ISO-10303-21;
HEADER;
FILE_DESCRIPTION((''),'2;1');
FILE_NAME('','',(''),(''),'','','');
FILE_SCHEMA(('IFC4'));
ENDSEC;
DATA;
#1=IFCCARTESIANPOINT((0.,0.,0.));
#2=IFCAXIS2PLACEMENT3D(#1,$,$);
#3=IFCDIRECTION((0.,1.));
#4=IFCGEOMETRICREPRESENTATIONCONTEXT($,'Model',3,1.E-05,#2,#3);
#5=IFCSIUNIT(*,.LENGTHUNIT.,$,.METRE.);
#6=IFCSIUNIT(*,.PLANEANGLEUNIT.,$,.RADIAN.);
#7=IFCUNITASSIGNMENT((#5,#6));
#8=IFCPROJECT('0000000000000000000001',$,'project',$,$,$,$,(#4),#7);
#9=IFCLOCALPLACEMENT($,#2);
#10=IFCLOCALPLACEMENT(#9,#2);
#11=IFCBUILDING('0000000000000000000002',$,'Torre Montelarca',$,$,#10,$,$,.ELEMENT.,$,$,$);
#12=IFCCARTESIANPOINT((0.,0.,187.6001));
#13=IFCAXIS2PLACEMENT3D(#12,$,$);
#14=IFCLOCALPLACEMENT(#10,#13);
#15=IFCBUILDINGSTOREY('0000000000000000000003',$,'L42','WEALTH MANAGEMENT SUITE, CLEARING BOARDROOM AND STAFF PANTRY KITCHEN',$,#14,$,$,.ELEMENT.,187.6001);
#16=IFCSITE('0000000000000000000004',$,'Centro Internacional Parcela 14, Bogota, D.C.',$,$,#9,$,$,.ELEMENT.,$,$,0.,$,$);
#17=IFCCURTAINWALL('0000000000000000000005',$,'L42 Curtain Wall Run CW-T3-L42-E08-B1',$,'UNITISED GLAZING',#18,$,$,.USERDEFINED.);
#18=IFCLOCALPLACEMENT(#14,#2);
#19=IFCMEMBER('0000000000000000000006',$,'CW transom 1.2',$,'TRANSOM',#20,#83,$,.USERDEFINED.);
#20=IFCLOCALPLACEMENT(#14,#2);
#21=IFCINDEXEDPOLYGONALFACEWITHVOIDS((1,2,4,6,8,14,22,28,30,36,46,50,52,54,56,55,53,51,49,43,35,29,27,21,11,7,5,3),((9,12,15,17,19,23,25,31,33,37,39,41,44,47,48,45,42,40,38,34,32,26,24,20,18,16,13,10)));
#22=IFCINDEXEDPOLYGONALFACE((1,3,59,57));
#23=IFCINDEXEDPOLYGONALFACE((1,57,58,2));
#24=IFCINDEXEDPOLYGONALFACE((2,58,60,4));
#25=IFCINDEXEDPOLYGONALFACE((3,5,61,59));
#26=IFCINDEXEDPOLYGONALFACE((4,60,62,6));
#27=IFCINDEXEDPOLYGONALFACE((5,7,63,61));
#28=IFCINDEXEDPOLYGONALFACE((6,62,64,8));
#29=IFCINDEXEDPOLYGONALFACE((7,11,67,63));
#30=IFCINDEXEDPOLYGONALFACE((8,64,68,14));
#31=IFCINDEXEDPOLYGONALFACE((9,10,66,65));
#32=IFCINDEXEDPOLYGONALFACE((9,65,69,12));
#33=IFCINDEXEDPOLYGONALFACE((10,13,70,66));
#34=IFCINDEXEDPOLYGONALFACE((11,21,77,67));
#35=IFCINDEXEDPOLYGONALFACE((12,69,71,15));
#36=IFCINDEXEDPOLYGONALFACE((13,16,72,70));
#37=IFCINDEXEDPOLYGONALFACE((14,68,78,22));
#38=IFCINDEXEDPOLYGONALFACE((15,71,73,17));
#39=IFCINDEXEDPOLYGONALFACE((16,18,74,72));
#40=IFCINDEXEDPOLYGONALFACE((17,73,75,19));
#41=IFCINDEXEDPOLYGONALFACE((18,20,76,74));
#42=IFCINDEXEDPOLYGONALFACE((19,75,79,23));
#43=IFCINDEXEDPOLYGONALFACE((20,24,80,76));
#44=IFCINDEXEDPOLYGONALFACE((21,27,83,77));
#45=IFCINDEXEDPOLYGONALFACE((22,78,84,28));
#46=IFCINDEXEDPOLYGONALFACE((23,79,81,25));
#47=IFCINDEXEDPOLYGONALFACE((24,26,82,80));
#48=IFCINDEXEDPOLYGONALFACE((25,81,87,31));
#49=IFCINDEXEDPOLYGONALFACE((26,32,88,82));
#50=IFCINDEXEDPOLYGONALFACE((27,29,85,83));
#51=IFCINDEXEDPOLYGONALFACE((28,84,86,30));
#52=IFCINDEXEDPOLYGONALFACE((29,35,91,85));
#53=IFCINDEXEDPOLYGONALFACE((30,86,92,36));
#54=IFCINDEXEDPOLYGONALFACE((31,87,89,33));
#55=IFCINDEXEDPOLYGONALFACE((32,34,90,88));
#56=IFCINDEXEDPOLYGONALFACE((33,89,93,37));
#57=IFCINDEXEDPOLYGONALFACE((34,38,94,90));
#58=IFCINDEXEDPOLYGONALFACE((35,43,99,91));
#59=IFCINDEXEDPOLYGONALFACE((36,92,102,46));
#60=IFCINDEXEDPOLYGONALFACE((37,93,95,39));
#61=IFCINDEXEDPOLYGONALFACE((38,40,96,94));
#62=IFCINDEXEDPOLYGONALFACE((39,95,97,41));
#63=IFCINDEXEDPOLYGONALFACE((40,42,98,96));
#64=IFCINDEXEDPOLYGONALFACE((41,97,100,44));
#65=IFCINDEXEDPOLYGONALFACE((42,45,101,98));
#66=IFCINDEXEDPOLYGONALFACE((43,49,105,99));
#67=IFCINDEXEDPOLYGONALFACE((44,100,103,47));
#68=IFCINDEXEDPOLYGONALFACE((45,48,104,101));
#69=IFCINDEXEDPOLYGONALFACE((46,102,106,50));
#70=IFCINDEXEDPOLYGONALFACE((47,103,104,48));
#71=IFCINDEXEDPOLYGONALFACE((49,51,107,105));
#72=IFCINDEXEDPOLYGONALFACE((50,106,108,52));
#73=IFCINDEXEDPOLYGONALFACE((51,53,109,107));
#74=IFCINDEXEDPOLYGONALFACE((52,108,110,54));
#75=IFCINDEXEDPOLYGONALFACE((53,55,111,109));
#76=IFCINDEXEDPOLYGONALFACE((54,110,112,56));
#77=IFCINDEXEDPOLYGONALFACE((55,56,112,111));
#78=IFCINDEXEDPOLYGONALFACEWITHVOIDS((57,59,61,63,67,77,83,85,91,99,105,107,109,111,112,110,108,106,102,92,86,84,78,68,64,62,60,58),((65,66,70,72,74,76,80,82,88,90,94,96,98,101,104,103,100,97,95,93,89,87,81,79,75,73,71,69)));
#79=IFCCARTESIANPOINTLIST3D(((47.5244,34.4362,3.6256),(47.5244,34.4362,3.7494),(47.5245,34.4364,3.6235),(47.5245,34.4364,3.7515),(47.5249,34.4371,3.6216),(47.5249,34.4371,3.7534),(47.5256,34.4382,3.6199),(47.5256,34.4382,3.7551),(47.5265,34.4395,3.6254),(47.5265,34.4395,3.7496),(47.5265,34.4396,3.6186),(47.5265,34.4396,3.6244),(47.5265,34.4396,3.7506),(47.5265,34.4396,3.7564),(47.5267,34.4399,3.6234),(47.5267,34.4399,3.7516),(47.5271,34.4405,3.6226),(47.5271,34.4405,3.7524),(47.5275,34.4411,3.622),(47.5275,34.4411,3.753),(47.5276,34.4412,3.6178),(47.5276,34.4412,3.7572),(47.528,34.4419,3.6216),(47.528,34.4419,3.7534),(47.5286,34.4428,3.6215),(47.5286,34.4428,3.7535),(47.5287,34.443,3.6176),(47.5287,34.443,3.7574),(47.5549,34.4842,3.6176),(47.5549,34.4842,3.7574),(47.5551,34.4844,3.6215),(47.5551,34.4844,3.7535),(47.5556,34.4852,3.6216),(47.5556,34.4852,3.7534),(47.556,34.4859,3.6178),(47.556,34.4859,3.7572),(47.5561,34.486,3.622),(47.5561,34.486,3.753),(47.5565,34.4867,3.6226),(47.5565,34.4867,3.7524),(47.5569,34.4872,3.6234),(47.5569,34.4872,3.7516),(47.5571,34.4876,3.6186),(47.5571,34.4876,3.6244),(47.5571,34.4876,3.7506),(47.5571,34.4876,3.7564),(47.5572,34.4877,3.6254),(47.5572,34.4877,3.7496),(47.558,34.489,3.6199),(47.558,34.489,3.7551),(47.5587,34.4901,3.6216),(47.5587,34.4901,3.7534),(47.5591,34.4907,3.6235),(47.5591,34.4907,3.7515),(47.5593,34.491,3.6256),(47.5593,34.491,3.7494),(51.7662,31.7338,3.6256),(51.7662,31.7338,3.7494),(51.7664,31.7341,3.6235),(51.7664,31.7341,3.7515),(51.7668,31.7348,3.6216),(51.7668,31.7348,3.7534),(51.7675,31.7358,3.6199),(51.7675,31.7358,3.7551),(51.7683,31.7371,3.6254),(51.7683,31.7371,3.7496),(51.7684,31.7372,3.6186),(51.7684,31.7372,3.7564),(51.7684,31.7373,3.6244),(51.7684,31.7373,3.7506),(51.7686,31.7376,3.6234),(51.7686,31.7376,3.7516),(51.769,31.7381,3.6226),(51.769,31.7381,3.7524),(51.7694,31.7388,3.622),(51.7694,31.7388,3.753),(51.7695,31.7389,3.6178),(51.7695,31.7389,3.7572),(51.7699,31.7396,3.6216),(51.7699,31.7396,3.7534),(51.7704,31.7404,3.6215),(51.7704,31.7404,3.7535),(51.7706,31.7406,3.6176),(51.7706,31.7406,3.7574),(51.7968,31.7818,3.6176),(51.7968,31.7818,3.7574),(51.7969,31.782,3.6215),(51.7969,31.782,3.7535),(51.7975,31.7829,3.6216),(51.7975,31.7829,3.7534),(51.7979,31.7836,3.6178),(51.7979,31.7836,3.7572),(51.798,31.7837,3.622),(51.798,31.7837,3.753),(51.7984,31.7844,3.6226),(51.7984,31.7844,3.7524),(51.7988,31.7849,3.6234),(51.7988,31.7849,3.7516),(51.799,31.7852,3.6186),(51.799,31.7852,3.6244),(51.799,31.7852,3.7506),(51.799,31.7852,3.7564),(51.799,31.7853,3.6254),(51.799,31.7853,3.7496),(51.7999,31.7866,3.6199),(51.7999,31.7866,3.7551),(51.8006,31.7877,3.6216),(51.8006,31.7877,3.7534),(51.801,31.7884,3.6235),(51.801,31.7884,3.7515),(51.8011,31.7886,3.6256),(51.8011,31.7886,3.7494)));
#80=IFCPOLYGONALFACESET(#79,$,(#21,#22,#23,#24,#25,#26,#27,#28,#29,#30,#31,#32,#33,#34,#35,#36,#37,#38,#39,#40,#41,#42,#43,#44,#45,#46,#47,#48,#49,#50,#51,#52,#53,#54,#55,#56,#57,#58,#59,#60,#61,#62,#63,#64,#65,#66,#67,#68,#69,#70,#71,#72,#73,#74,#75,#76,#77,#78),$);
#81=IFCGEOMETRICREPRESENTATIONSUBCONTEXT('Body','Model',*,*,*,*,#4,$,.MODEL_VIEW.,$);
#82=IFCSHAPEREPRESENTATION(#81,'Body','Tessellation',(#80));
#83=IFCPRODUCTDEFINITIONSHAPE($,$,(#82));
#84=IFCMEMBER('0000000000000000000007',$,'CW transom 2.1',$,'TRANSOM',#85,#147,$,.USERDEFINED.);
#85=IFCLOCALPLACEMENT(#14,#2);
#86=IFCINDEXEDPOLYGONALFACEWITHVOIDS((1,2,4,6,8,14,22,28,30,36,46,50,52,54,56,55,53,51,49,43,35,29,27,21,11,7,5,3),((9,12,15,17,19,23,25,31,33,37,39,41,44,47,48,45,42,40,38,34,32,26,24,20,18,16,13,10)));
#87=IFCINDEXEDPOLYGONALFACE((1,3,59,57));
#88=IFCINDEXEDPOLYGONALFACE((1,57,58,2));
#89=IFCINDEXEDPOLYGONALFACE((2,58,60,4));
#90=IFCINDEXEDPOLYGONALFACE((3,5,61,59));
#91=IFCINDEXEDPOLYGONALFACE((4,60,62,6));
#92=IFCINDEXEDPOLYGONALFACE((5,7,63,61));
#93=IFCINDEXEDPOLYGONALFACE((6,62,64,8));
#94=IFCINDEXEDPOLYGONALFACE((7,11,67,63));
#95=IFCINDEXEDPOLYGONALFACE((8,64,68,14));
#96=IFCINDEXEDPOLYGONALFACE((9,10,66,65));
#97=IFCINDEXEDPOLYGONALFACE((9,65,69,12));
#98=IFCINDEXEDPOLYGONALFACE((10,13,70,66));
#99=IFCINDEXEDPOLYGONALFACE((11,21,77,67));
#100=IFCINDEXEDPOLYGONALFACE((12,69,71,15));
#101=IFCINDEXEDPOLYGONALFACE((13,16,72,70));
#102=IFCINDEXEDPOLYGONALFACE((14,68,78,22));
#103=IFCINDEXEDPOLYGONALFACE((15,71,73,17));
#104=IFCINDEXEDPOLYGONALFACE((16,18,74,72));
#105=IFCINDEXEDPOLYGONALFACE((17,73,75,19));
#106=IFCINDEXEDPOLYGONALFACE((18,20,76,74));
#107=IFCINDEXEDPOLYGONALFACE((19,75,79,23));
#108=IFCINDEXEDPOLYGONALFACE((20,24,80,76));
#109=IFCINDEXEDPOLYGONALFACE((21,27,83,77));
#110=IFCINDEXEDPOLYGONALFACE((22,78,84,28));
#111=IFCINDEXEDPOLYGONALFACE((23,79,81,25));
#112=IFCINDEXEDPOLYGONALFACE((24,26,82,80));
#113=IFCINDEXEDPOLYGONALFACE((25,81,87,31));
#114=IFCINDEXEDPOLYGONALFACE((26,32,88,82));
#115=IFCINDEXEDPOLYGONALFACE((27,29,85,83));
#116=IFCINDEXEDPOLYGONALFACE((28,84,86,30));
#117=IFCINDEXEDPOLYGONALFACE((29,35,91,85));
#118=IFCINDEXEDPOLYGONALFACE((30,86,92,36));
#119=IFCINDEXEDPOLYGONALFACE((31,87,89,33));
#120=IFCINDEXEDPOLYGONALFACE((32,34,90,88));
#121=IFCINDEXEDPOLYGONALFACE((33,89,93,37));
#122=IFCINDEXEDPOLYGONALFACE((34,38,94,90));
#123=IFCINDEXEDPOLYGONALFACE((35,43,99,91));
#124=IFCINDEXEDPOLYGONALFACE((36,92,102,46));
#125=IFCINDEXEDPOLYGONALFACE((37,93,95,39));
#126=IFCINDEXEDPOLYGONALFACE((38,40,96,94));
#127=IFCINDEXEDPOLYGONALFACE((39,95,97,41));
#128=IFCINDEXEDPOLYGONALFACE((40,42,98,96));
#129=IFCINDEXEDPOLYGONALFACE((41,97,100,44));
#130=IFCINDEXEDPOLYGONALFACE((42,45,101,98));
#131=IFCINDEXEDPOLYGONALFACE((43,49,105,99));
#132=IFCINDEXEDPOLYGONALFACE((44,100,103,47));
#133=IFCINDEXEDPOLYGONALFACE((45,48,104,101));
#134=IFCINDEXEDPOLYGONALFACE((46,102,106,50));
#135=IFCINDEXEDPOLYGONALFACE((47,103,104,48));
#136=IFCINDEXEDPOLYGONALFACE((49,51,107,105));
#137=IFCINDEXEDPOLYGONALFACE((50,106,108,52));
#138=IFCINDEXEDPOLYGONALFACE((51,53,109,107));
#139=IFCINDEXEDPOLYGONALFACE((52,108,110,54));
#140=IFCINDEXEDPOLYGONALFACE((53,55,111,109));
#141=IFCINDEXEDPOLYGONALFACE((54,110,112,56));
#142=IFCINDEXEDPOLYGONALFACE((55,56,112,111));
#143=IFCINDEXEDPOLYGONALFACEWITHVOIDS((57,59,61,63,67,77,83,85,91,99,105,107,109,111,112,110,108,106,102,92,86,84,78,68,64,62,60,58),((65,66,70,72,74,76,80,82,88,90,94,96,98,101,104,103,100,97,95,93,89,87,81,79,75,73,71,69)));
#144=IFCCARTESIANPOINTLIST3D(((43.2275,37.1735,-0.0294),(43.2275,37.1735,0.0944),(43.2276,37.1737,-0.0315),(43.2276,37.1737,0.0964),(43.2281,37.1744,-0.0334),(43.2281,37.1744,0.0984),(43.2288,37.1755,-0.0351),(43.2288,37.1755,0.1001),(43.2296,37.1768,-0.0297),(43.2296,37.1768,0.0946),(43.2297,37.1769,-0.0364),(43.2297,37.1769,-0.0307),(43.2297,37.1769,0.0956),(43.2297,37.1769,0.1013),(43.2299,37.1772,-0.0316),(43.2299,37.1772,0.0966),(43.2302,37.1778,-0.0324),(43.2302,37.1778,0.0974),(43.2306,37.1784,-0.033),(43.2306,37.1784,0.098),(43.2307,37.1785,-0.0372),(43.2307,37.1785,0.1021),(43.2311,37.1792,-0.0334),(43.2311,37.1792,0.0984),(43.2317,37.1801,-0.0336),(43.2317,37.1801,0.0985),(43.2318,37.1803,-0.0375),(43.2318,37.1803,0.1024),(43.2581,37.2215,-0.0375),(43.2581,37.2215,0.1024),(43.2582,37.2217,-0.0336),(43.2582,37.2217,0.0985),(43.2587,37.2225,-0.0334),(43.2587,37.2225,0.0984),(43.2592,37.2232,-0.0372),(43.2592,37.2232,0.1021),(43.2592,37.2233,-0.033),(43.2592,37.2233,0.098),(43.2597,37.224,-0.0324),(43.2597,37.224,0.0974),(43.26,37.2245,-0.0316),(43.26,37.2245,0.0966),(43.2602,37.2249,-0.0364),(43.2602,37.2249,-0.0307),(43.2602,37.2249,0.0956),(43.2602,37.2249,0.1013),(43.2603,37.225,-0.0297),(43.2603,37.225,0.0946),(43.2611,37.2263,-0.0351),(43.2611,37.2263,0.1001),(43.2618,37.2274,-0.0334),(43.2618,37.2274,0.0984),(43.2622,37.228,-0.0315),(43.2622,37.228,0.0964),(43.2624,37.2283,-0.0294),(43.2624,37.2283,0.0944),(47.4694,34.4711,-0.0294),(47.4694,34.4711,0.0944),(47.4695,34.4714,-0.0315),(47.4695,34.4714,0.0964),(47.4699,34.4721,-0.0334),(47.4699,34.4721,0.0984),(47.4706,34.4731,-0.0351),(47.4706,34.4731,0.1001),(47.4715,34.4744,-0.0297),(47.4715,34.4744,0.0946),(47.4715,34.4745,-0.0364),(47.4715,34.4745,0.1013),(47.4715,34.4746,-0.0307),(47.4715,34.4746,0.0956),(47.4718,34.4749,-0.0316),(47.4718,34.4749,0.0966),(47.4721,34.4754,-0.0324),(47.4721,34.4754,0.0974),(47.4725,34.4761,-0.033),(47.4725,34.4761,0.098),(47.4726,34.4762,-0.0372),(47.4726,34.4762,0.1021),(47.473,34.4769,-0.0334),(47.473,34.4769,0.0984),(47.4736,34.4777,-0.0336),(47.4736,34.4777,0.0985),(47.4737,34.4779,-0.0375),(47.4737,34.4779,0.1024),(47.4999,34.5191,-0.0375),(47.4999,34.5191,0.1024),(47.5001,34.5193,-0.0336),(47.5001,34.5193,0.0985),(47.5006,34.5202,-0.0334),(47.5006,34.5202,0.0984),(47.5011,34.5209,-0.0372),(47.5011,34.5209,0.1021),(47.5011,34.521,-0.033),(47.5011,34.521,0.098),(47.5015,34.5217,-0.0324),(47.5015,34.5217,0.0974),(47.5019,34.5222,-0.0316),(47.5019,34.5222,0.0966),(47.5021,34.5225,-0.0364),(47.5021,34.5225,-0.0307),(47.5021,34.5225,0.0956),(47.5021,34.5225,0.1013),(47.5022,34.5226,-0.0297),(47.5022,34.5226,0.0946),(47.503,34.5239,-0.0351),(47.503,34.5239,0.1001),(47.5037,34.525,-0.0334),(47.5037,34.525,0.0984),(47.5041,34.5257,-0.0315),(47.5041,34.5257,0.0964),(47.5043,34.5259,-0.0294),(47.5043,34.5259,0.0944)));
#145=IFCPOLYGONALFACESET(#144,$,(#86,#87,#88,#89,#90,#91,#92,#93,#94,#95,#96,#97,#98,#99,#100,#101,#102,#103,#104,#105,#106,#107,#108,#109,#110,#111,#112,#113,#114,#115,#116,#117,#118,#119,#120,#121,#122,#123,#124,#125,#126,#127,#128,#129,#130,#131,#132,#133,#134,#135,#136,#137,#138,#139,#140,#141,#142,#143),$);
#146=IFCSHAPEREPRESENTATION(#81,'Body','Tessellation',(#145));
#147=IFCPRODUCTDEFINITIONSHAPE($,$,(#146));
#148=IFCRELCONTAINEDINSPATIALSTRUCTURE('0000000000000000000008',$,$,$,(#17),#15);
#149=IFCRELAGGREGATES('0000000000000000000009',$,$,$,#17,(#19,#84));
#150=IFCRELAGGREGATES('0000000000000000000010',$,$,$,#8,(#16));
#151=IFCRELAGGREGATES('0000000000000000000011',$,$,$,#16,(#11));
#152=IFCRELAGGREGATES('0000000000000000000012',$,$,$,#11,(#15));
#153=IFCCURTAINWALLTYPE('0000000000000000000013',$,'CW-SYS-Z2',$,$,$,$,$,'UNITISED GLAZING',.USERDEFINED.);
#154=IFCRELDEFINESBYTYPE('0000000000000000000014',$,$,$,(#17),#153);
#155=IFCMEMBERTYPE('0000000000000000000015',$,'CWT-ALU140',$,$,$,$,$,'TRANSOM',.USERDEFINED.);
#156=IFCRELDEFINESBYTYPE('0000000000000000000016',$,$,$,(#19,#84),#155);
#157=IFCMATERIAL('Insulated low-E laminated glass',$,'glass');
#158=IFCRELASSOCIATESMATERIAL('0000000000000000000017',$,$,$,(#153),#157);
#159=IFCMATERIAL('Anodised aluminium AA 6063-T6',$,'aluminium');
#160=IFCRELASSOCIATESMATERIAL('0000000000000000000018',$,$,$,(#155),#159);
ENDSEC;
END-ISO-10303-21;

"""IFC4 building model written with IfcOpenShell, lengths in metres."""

from ifc_helpers import new_model, si_unit, direction, frame, origin, origin_2d, place, context, subcontext, project, spatial, hollow_rectangle, extrude, source, transform, mapped, material, material_profile, profile_set, type_object, element, aggregate, save


model = new_model("IFC4")

# Units and contexts
model_context = context("Model", 3, precision=1e-05, world=origin(), true_north=direction((0.0, 1.0)))
body_context = subcontext(model_context, "Body", "Model", "MODEL_VIEW")
ifc_project = project(units=[si_unit("LENGTHUNIT", "METRE"), si_unit("PLANEANGLEUNIT", "RADIAN")], contexts=[model_context])

# Site, building, storey
site_placement = place(None, origin())
site = spatial("IfcSite", under=ifc_project, at=site_placement, Name="Centro Internacional Parcela 14, Bogota, D.C.", CompositionType="ELEMENT", RefElevation=0.0)
building_placement = place(site_placement, origin())
building = spatial("IfcBuilding", under=site, at=building_placement, Name="Torre Montelarca", CompositionType="ELEMENT")
storey_placement = place(building_placement, frame((0.0, 0.0, 187.6001)))
storey = spatial("IfcBuildingStorey", under=building, at=storey_placement, Name="L42", Description="WEALTH MANAGEMENT SUITE, CLEARING BOARDROOM AND STAFF PANTRY KITCHEN", CompositionType="ELEMENT", Elevation=187.6001)

# Curtain wall
ifc_material_1 = material(Name="Insulated low-E laminated glass", Category="glass")
curtain_wall_type = type_object("IfcCurtainWallType", Name="CW-SYS-Z2", ElementType="UNITISED GLAZING", PredefinedType="USERDEFINED", material=ifc_material_1)
ifc_material_2 = material(Name="Anodised aluminium AA 6063-T6", Category="aluminium")
ifc_material_profile_1 = material_profile(ifc_material_2, hollow_rectangle(XDim=0.0649, YDim=0.1399, WallThickness=0.0039, InnerFilletRadius=0.0039, OuterFilletRadius=0.0081, at=origin_2d()), Name="ALU65X140X4", Category="aluminium")
ifc_profile_set_1 = profile_set([ifc_material_profile_1], Name="Anodised aluminium AA 6063-T6")
member_type_1 = type_object("IfcMemberType", Name="CWT-ALU140", ElementType="TRANSOM", PredefinedType="USERDEFINED", material=ifc_profile_set_1)
curtain_wall_1_placement = place(storey_placement, origin())
curtain_wall_1 = element("IfcCurtainWall", 1, at=curtain_wall_1_placement, inside=storey, type_object=curtain_wall_type, Name="L42 Curtain Wall Run CW-T3-L42-E08-B1", ObjectType="UNITISED GLAZING", PredefinedType="USERDEFINED")

# Members
shared_shape_1 = source(origin(), body_context, "Body", "SweptSolid", [
    extrude(hollow_rectangle(XDim=0.0649, YDim=0.1399, WallThickness=0.0039, InnerFilletRadius=0.0039, OuterFilletRadius=0.0081, at=origin_2d()), origin(), (0.0, 0.0, 1.0), 5.0295),
])
member_1_placement = place(storey_placement, frame((51.7837, 31.7612, 3.6875), z_axis=(-0.843394, 0.537296, 0.0), x_axis=(-0.537296, -0.843394, 0.0)))
member_1 = element("IfcMember", 2, at=member_1_placement, type_object=member_type_1, Name="CW transom 1.2", ObjectType="TRANSOM", PredefinedType="USERDEFINED", context=body_context, shape_type="MappedRepresentation", body=[
    mapped(shared_shape_1, transform((0.0, 0.0, 0.0), scale=1.0)),
])
member_2_placement = place(storey_placement, frame((47.4868, 34.4985, 0.0325), z_axis=(-0.843394, 0.537296, 0.0), x_axis=(-0.537296, -0.843394, 0.0)))
member_2 = element("IfcMember", 3, at=member_2_placement, type_object=member_type_1, Name="CW transom 2.1", ObjectType="TRANSOM", PredefinedType="USERDEFINED", context=body_context, shape_type="MappedRepresentation", body=[
    mapped(shared_shape_1, transform((0.0, 0.0, 0.0), scale=1.0)),
])

aggregate(curtain_wall_1, [member_1, member_2])

save(model, "model.ifc")
